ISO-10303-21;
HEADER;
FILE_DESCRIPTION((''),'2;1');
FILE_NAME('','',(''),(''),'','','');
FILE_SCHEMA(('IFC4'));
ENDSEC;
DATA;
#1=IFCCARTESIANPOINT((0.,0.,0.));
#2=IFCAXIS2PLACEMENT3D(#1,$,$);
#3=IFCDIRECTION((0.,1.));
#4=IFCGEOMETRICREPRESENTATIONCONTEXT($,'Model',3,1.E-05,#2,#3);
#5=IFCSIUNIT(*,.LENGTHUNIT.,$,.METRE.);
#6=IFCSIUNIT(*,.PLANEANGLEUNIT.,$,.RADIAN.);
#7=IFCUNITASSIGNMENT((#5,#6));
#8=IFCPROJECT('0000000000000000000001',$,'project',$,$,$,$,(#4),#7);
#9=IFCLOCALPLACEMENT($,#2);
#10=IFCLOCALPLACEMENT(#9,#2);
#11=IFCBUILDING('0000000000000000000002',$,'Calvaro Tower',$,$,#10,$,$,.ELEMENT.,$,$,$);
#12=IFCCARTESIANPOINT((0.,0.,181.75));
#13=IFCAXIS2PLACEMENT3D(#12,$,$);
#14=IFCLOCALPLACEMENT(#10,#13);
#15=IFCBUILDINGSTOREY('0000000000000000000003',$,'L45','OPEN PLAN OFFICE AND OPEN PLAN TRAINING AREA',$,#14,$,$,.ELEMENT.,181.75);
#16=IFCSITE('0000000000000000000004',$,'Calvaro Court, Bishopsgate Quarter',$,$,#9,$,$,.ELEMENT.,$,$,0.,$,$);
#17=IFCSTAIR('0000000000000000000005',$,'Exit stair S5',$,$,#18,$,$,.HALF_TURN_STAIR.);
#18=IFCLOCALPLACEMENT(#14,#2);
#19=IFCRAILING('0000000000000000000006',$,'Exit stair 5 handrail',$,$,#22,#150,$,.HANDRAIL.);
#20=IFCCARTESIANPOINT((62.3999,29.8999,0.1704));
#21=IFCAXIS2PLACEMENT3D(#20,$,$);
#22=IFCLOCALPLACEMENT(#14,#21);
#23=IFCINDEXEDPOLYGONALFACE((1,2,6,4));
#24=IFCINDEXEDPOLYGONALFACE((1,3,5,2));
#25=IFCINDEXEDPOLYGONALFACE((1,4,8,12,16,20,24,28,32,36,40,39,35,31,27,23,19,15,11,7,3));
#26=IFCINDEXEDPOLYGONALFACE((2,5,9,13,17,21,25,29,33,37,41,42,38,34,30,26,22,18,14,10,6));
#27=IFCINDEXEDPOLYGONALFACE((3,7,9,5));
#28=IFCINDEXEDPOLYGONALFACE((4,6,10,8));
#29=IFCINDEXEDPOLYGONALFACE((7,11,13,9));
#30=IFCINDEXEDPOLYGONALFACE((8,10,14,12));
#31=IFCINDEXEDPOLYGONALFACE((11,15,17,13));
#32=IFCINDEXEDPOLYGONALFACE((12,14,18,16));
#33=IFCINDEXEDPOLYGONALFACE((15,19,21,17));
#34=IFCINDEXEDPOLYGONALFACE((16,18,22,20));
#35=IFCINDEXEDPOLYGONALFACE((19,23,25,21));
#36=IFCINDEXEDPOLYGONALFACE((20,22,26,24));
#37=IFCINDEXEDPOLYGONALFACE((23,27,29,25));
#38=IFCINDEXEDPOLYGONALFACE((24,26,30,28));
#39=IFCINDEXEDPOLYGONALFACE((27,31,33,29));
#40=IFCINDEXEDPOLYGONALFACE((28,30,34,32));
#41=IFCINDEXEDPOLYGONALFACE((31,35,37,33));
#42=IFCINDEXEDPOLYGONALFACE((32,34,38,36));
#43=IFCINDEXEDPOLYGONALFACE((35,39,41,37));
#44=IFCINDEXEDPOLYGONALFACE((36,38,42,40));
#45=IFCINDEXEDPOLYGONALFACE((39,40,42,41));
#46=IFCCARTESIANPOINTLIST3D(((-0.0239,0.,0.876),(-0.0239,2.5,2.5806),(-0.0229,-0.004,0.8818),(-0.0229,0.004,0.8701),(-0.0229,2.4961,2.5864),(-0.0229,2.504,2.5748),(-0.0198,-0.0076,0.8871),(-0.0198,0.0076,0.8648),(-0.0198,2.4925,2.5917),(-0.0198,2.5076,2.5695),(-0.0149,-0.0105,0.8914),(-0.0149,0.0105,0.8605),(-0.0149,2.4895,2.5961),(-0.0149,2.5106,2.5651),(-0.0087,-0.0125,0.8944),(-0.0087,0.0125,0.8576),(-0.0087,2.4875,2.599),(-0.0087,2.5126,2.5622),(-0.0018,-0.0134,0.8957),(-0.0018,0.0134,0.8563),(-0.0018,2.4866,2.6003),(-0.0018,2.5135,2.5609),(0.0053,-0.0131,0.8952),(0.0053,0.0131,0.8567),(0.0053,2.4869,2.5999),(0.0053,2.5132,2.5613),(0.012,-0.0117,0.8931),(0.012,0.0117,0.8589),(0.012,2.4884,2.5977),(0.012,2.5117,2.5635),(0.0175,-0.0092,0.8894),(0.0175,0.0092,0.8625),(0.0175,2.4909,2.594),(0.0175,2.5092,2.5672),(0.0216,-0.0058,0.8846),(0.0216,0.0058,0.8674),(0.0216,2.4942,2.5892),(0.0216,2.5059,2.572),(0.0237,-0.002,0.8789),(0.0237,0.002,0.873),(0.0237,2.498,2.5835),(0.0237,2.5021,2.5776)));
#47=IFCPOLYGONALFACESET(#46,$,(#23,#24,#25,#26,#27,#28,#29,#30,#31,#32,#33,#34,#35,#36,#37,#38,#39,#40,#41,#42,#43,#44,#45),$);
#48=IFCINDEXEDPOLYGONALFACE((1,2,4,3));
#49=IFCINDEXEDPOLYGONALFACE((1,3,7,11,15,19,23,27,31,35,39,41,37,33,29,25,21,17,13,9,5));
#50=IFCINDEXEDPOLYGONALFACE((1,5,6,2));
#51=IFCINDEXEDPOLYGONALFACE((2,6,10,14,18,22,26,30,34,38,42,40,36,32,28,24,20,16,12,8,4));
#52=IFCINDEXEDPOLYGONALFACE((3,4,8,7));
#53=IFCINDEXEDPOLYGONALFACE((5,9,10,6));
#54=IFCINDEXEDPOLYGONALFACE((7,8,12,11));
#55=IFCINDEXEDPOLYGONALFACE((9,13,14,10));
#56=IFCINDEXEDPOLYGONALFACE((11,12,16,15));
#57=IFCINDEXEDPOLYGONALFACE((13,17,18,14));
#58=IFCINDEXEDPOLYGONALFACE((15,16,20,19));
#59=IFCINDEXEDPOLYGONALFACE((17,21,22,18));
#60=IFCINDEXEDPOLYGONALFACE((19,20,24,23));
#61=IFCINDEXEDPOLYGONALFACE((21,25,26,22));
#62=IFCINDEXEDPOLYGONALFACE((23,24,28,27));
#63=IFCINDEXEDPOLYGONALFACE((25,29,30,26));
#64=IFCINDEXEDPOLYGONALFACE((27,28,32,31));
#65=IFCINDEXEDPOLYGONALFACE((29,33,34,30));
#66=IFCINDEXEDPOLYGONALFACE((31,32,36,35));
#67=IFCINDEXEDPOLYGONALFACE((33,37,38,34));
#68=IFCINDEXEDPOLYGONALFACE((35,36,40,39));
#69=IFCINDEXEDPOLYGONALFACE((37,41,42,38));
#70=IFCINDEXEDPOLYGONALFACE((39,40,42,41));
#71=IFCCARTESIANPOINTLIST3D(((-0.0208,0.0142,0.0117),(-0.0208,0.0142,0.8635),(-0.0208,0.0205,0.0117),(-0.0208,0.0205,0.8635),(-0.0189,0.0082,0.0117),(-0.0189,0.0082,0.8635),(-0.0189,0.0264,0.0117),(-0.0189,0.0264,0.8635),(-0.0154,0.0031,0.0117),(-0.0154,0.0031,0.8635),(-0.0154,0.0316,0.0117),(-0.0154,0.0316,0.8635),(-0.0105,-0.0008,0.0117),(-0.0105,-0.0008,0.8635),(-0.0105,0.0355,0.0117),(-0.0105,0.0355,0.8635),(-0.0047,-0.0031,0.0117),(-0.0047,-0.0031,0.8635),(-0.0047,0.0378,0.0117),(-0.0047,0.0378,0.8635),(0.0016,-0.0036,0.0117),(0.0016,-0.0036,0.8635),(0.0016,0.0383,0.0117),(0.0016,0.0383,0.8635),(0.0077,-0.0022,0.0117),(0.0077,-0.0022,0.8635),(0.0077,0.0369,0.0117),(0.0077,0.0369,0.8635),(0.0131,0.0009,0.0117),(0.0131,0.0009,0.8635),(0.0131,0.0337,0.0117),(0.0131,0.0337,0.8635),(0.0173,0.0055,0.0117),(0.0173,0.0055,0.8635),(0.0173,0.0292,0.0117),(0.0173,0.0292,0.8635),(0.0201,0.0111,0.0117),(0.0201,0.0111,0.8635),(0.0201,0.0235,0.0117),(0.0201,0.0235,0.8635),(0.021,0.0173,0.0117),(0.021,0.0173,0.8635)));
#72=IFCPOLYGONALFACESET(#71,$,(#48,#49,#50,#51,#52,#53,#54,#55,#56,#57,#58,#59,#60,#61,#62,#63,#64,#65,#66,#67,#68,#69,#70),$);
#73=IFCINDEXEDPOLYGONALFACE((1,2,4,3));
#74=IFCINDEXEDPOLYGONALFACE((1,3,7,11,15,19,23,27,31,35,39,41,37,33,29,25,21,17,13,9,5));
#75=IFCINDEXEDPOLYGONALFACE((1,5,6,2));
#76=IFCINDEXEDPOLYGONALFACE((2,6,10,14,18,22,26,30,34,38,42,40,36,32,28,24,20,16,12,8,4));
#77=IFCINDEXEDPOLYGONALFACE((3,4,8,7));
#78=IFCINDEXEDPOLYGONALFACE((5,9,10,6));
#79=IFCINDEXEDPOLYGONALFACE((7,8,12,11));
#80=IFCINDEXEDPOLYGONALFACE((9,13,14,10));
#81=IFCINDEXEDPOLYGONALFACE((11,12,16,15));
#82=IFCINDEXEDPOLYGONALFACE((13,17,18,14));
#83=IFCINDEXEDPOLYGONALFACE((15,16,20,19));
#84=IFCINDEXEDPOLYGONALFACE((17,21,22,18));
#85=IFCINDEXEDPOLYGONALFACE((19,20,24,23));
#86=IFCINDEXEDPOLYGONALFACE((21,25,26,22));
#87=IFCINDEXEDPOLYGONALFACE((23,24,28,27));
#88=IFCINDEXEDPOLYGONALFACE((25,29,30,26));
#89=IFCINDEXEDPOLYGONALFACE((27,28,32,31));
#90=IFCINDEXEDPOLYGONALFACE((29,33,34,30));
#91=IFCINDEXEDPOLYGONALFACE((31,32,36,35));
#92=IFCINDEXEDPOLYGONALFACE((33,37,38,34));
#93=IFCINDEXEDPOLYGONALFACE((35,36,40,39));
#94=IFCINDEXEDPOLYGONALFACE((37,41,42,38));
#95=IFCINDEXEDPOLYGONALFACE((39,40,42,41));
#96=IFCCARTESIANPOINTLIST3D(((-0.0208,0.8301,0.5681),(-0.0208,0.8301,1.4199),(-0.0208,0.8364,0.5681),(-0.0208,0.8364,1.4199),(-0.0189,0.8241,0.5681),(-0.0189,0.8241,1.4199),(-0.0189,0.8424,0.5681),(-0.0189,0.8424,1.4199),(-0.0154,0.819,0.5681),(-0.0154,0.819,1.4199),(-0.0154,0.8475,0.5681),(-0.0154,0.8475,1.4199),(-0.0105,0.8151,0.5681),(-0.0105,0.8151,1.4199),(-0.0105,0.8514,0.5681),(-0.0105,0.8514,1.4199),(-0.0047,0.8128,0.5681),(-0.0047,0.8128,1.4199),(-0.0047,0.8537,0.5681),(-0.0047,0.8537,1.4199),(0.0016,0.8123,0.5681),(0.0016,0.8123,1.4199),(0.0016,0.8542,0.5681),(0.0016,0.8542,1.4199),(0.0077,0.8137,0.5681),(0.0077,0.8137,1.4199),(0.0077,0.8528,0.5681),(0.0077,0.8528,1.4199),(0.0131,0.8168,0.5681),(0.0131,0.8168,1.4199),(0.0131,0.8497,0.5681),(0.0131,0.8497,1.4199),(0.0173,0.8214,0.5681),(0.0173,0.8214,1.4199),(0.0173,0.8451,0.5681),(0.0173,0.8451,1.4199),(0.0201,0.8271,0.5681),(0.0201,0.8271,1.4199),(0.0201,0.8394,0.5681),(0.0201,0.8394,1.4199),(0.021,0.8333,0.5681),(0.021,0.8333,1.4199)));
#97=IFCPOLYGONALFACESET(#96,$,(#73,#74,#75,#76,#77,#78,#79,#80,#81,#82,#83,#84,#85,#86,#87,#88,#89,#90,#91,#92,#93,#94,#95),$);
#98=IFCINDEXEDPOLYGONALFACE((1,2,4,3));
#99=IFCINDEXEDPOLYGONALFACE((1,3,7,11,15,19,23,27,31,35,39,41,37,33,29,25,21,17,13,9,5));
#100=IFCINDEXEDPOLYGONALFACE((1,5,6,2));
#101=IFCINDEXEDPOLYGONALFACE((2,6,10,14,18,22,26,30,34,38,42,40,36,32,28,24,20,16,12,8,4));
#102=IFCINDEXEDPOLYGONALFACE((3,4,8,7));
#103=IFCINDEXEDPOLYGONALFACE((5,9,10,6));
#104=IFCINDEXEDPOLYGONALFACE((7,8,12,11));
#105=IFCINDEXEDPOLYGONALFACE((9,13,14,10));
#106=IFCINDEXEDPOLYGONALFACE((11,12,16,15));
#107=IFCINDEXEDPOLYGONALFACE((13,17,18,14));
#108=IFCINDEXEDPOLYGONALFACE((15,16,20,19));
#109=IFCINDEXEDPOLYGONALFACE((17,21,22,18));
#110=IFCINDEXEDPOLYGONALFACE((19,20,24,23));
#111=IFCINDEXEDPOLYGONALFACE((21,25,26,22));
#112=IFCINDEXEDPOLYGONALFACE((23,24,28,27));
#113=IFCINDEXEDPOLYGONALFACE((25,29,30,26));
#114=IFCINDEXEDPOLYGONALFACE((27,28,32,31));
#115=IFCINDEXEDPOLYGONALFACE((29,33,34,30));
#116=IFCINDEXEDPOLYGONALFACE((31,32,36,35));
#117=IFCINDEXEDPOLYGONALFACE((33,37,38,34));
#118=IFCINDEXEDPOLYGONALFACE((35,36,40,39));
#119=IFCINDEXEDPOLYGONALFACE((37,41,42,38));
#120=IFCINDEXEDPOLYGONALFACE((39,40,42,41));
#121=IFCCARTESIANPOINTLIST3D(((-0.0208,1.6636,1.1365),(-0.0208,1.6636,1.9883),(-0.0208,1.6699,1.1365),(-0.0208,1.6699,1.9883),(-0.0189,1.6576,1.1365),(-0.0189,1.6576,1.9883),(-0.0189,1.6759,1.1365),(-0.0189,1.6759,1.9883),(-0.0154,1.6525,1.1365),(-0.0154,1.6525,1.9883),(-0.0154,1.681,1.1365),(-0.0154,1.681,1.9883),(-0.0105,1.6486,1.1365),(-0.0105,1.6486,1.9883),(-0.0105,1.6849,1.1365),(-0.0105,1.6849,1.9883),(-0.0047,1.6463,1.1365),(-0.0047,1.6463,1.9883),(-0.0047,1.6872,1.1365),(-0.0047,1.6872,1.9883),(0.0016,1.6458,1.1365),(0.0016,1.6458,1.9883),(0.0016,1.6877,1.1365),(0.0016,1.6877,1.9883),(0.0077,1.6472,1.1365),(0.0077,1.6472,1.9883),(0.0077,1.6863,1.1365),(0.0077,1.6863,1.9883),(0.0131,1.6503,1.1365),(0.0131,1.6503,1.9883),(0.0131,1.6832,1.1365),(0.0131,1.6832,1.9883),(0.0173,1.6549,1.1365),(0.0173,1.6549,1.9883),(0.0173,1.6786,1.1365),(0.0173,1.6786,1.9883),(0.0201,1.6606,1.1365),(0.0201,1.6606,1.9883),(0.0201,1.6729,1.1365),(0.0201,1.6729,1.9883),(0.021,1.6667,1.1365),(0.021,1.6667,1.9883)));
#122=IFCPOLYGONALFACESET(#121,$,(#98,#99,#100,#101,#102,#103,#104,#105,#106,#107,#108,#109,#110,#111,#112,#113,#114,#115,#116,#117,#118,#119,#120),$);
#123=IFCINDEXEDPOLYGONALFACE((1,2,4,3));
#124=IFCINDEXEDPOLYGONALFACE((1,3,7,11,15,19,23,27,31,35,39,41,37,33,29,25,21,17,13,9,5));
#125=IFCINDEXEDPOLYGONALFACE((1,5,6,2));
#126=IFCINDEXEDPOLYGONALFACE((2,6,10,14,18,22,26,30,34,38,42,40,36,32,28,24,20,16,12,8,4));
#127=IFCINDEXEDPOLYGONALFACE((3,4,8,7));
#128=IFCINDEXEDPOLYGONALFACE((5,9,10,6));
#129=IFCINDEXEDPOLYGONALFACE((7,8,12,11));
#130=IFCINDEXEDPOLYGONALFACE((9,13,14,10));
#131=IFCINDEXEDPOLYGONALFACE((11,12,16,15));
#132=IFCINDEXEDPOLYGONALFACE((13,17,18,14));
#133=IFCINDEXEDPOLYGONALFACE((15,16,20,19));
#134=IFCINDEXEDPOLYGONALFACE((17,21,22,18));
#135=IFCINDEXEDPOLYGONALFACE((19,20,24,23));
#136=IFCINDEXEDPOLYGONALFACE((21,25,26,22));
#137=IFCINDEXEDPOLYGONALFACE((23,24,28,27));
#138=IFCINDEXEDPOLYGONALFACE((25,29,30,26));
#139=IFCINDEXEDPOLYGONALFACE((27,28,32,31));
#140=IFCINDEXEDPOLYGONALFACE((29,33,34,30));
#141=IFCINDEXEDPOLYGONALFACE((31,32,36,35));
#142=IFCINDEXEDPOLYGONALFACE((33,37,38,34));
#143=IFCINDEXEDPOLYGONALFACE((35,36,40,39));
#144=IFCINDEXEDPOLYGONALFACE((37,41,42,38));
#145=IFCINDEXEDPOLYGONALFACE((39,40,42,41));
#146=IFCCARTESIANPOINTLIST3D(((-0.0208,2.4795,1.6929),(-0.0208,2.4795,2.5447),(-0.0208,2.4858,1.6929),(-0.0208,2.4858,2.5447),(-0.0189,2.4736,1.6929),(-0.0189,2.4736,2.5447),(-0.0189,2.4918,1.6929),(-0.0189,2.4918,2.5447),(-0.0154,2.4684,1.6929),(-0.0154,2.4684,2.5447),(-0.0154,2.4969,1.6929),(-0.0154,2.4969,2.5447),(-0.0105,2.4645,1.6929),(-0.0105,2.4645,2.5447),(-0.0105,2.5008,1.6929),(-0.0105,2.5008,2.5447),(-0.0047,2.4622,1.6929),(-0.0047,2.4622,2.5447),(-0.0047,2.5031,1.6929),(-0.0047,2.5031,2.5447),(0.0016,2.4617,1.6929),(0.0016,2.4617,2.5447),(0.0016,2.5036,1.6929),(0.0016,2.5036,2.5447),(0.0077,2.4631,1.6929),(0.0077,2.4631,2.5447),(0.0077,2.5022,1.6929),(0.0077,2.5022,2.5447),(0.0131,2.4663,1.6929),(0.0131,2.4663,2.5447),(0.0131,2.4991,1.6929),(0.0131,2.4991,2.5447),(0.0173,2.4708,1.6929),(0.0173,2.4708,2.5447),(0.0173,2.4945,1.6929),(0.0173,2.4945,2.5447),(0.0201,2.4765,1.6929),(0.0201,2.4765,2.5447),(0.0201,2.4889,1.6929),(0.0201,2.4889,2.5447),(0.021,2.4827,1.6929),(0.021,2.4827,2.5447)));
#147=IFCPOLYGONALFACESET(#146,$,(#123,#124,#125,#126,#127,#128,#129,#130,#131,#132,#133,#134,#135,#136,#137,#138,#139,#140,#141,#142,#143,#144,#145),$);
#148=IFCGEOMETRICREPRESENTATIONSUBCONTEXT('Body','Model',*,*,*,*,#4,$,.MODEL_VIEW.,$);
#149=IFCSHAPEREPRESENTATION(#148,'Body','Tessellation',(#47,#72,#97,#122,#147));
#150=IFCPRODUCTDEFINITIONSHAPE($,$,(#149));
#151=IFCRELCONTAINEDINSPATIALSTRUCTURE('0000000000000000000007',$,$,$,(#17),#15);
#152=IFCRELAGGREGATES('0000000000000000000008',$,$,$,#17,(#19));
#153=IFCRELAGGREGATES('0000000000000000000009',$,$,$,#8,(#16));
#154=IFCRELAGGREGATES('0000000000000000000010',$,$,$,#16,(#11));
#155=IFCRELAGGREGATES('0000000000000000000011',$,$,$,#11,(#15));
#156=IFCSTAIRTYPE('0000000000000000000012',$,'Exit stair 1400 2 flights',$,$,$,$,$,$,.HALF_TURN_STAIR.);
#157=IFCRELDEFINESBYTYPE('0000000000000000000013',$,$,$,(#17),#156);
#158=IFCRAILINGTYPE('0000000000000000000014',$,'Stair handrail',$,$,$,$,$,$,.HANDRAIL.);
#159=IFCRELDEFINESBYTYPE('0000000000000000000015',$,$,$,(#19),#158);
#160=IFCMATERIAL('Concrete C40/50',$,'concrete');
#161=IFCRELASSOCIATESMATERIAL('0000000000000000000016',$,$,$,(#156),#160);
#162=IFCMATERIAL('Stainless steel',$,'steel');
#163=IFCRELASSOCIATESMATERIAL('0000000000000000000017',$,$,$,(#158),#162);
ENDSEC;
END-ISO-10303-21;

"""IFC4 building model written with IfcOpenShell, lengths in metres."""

from ifc_helpers import new_model, si_unit, direction, frame, origin, origin_2d, place, context, subcontext, project, spatial, circle, extrude, material, type_object, element, aggregate, save


model = new_model("IFC4")

# Units and contexts
model_context = context("Model", 3, precision=1e-05, world=origin(), true_north=direction((0.0, 1.0)))
body_context = subcontext(model_context, "Body", "Model", "MODEL_VIEW")
ifc_project = project(units=[si_unit("LENGTHUNIT", "METRE"), si_unit("PLANEANGLEUNIT", "RADIAN")], contexts=[model_context])

# Site, building, storey
site_placement = place(None, origin())
site = spatial("IfcSite", under=ifc_project, at=site_placement, Name="Calvaro Court, Bishopsgate Quarter", CompositionType="ELEMENT", RefElevation=0.0)
building_placement = place(site_placement, origin())
building = spatial("IfcBuilding", under=site, at=building_placement, Name="Calvaro Tower", CompositionType="ELEMENT")
storey_placement = place(building_placement, frame((0.0, 0.0, 181.75)))
storey = spatial("IfcBuildingStorey", under=building, at=storey_placement, Name="L45", Description="OPEN PLAN OFFICE AND OPEN PLAN TRAINING AREA", CompositionType="ELEMENT", Elevation=181.75)

# Stair
ifc_material_1 = material(Name="Concrete C40/50", Category="concrete")
stair_type = type_object("IfcStairType", Name="Exit stair 1400 2 flights", PredefinedType="HALF_TURN_STAIR", material=ifc_material_1)
stair_1_placement = place(storey_placement, origin())
stair_1 = element("IfcStair", 1, at=stair_1_placement, inside=storey, type_object=stair_type, Name="Exit stair S5", PredefinedType="HALF_TURN_STAIR")

# Railing
ifc_material_2 = material(Name="Stainless steel", Category="steel")
railing_type = type_object("IfcRailingType", Name="Stair handrail", PredefinedType="HANDRAIL", material=ifc_material_2)
railing_1_placement = place(storey_placement, frame((62.3999, 29.8999, 0.1704)))
railing_1 = element("IfcRailing", 2, at=railing_1_placement, type_object=railing_type, Name="Exit stair 5 handrail", PredefinedType="HANDRAIL", context=body_context, shape_type="SweptSolid", body=[
    extrude(circle(Radius=0.0239, at=origin_2d()), frame((0.0, 0.0, 0.876), z_axis=(0.0, 0.826221, 0.563347), x_axis=(-1.0, 0.0, 0.0)), (0.0, 0.0, 1.0), 3.0259),
    extrude(circle(Radius=0.021, at=origin_2d()), frame((0.0, 0.0173, 0.0117)), (0.0, 0.0, 1.0), 0.8518),
    extrude(circle(Radius=0.021, at=origin_2d()), frame((0.0, 0.8333, 0.5681)), (0.0, 0.0, 1.0), 0.8518),
    extrude(circle(Radius=0.021, at=origin_2d()), frame((0.0, 1.6667, 1.1365)), (0.0, 0.0, 1.0), 0.8518),
    extrude(circle(Radius=0.021, at=origin_2d()), frame((0.0, 2.4827, 1.6929)), (0.0, 0.0, 1.0), 0.8518),
])
aggregate(stair_1, [railing_1])

save(model, "model.ifc")
